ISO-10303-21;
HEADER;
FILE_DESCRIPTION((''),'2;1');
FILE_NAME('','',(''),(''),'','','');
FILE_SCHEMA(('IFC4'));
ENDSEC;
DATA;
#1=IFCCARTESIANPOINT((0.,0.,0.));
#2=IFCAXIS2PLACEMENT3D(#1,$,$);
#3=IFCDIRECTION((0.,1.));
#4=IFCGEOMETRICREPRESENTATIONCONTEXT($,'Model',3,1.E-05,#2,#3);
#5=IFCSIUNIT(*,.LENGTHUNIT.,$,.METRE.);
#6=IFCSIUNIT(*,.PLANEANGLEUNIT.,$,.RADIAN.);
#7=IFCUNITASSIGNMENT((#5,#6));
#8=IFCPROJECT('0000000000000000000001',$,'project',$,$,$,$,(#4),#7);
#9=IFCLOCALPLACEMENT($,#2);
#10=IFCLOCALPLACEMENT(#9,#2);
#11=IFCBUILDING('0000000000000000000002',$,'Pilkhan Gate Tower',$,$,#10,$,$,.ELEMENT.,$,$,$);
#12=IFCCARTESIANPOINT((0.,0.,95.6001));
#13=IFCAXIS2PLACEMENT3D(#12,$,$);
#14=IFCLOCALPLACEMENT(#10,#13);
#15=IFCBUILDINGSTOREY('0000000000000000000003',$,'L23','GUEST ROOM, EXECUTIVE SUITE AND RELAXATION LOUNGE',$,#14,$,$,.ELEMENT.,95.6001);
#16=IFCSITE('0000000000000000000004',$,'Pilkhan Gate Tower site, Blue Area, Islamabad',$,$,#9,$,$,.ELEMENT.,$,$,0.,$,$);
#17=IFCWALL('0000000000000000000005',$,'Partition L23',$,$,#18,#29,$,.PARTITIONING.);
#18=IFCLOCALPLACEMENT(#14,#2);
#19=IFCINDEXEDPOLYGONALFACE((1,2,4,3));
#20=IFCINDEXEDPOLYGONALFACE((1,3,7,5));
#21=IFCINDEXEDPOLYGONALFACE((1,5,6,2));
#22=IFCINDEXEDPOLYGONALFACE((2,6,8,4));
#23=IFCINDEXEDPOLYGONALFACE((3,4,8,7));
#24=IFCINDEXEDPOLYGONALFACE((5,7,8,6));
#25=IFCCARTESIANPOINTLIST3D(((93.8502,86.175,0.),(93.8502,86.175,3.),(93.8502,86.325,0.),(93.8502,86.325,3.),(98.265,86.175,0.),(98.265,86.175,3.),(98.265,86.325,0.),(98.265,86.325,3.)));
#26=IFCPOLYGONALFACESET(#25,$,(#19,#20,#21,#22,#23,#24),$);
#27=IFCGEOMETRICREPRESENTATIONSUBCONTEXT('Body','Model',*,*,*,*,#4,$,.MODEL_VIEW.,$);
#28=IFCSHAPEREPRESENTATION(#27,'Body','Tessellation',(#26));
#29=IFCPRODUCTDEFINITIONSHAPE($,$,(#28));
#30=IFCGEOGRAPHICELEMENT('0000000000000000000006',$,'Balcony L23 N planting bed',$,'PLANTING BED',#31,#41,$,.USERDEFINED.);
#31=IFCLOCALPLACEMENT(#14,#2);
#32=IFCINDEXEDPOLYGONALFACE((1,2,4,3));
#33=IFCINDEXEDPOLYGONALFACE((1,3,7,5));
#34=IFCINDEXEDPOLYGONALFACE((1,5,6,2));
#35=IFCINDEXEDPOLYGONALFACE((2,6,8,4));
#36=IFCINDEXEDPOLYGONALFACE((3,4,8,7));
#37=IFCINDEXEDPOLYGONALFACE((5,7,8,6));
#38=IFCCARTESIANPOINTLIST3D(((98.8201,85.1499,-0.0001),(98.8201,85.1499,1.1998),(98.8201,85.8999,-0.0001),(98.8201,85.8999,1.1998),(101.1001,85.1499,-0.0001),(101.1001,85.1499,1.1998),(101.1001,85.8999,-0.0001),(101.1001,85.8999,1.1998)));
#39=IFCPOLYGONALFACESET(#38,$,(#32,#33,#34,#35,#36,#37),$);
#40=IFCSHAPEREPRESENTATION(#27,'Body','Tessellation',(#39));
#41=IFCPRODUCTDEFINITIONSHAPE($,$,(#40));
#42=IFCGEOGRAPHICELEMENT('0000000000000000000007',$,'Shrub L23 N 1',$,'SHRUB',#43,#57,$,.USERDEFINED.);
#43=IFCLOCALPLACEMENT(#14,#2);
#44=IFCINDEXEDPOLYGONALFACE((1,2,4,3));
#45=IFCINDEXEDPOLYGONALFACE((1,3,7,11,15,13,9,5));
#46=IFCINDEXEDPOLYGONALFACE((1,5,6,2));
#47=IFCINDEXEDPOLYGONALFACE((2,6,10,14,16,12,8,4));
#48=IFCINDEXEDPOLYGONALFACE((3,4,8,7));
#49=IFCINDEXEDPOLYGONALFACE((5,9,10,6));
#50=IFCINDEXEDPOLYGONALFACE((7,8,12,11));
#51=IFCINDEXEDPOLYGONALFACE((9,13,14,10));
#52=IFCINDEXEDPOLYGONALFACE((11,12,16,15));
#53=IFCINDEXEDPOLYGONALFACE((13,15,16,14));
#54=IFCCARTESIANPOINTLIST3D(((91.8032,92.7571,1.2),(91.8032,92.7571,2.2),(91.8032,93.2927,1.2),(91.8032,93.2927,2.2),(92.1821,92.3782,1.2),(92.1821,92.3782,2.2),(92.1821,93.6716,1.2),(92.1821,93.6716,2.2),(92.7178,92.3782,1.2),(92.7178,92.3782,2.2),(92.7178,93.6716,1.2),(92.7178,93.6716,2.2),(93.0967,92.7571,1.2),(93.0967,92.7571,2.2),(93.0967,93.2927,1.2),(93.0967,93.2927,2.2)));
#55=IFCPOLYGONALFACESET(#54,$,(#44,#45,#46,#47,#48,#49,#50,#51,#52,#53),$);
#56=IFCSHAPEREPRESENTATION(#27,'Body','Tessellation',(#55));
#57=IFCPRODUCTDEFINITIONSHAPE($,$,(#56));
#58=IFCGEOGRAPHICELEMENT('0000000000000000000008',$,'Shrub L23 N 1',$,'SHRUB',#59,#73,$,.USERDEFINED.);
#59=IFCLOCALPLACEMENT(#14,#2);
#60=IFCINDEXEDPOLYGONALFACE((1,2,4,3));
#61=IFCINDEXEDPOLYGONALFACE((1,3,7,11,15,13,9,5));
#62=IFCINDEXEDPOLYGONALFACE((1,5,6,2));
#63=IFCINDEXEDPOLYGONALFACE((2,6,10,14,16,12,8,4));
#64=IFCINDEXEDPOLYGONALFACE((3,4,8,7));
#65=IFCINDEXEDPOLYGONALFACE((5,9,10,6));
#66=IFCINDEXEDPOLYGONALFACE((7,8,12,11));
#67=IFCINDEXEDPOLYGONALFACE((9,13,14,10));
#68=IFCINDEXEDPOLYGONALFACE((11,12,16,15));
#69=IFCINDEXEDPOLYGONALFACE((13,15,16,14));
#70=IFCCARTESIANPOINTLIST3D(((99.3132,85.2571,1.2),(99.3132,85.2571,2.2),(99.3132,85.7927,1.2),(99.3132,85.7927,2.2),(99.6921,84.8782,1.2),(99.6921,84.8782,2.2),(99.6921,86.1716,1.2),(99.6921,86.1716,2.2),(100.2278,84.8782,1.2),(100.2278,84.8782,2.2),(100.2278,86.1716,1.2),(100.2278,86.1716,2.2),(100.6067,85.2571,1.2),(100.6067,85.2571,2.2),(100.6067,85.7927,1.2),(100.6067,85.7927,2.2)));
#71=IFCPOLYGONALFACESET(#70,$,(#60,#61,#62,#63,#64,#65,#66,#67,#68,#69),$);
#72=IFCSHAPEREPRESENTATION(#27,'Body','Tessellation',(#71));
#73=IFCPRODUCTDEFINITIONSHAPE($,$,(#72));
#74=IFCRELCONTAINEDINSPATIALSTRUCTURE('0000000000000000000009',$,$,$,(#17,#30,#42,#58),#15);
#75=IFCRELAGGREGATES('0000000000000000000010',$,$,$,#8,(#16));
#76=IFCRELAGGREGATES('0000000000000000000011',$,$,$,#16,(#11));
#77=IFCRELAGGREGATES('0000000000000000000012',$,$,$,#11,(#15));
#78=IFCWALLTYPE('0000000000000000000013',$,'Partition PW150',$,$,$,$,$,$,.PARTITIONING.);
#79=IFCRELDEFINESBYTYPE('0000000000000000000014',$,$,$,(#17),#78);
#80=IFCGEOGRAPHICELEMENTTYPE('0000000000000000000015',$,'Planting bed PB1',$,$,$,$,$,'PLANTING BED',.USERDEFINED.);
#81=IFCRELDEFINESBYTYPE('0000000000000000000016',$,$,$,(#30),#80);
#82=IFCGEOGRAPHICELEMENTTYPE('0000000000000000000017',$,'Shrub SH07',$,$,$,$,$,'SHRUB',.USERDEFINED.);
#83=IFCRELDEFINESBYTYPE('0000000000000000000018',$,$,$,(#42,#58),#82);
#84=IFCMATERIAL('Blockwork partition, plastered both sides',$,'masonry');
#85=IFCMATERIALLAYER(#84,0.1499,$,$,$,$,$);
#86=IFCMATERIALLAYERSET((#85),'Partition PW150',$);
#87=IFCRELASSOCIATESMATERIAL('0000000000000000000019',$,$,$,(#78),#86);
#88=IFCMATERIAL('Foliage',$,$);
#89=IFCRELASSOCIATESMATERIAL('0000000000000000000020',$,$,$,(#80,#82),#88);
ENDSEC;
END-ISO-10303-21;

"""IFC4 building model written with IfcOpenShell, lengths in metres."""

from ifc_helpers import new_model, si_unit, direction, frame, frame_2d, origin, origin_2d, place, context, subcontext, project, spatial, polyline, rectangle, outline, extrude, material, layer, layer_set, material_profile, profile_set, type_object, element, save


model = new_model("IFC4")

# Units and contexts
model_context = context("Model", 3, precision=1e-05, world=origin(), true_north=direction((0.0, 1.0)))
body_context = subcontext(model_context, "Body", "Model", "MODEL_VIEW")
ifc_project = project(units=[si_unit("LENGTHUNIT", "METRE"), si_unit("PLANEANGLEUNIT", "RADIAN")], contexts=[model_context])

# Site, building, storey
site_placement = place(None, origin())
site = spatial("IfcSite", under=ifc_project, at=site_placement, Name="Pilkhan Gate Tower site, Blue Area, Islamabad", CompositionType="ELEMENT", RefElevation=0.0)
building_placement = place(site_placement, origin())
building = spatial("IfcBuilding", under=site, at=building_placement, Name="Pilkhan Gate Tower", CompositionType="ELEMENT")
storey_placement = place(building_placement, frame((0.0, 0.0, 95.6001)))
storey = spatial("IfcBuildingStorey", under=building, at=storey_placement, Name="L23", Description="GUEST ROOM, EXECUTIVE SUITE AND RELAXATION LOUNGE", CompositionType="ELEMENT", Elevation=95.6001)

# Wall
ifc_material_1 = material(Name="Blockwork partition, plastered both sides", Category="masonry")
ifc_layer_1 = layer(ifc_material_1, 0.1499)
ifc_layer_set_1 = layer_set([ifc_layer_1], Name="Partition PW150")
wall_type_1 = type_object("IfcWallType", Name="Partition PW150", PredefinedType="PARTITIONING", material=ifc_layer_set_1)
wall_1_placement = place(storey_placement, frame((93.8501, 86.25, 0.0), z_axis=(0.0, 0.0, 1.0), x_axis=(1.0, 0.0, 0.0)))
element("IfcWall", 1, at=wall_1_placement, inside=storey, type_object=wall_type_1, Name="Partition L23", PredefinedType="PARTITIONING", context=body_context, shape_type="SweptSolid", body=[
    extrude(rectangle(XDim=4.4148, YDim=0.1499, at=frame_2d((2.2075, 0.0))), origin(), (0.0, 0.0, 1.0), 3.0),
])

# Geographic elements
ifc_material_2 = material(Name="Foliage")
ifc_material_profile_1 = material_profile(ifc_material_2, rectangle(XDim=0.75, YDim=1.2, at=origin_2d()), Name="Bed 750x1200")
ifc_profile_set_1 = profile_set([ifc_material_profile_1], Name="Foliage")
geographic_element_type_1 = type_object("IfcGeographicElementType", Name="Planting bed PB1", ElementType="PLANTING BED", PredefinedType="USERDEFINED", material=ifc_profile_set_1)
geographic_element_placement = place(storey_placement, frame((98.8201, 85.5249, 0.5999), z_axis=(1.0, 0.0, 0.0), x_axis=(0.0, 1.0, 0.0)))
element("IfcGeographicElement", 2, at=geographic_element_placement, inside=storey, type_object=geographic_element_type_1, Name="Balcony L23 N planting bed", ObjectType="PLANTING BED", PredefinedType="USERDEFINED", context=body_context, shape_type="SweptSolid", body=[
    extrude(rectangle(XDim=0.75, YDim=1.2, at=origin_2d()), origin(), (0.0, 0.0, 1.0), 2.28),
])
ifc_material_profile_2 = material_profile(ifc_material_2, outline(polyline([(0.6467, 0.2678), (0.2678, 0.6467), (-0.2678, 0.6467), (-0.6467, 0.2678), (-0.6467, -0.2678), (-0.2678, -0.6467), (0.2678, -0.6467), (0.6467, -0.2678), (0.6467, 0.2678)])), Name="Shrub D1.4")
ifc_profile_set_2 = profile_set([ifc_material_profile_2], Name="Foliage")
geographic_element_type_2 = type_object("IfcGeographicElementType", Name="Shrub SH07", ElementType="SHRUB", PredefinedType="USERDEFINED", material=ifc_profile_set_2)
for number, where, z_axis, x_axis, name in (
    (3, (92.45, 93.0249, 1.2), (0.0, 0.0, 1.0), (1.0, 0.0, 0.0), "Shrub L23 N 1"),
    (4, (99.96, 85.5249, 1.2), (0.0, 0.0, 1.0), (1.0, 0.0, 0.0), "Shrub L23 N 1"),
):
    element("IfcGeographicElement", number, at=place(storey_placement, frame(where, z_axis=z_axis, x_axis=x_axis)), inside=storey, type_object=geographic_element_type_2, Name=name, ObjectType="SHRUB", PredefinedType="USERDEFINED", context=body_context, shape_type="SweptSolid", body=[
        extrude(outline(polyline([(0.6467, 0.2678), (0.2678, 0.6467), (-0.2678, 0.6467), (-0.6467, 0.2678), (-0.6467, -0.2678), (-0.2678, -0.6467), (0.2678, -0.6467), (0.6467, -0.2678), (0.6467, 0.2678)])), origin(), (0.0, 0.0, 1.0), 1.0),
    ])

save(model, "model.ifc")
